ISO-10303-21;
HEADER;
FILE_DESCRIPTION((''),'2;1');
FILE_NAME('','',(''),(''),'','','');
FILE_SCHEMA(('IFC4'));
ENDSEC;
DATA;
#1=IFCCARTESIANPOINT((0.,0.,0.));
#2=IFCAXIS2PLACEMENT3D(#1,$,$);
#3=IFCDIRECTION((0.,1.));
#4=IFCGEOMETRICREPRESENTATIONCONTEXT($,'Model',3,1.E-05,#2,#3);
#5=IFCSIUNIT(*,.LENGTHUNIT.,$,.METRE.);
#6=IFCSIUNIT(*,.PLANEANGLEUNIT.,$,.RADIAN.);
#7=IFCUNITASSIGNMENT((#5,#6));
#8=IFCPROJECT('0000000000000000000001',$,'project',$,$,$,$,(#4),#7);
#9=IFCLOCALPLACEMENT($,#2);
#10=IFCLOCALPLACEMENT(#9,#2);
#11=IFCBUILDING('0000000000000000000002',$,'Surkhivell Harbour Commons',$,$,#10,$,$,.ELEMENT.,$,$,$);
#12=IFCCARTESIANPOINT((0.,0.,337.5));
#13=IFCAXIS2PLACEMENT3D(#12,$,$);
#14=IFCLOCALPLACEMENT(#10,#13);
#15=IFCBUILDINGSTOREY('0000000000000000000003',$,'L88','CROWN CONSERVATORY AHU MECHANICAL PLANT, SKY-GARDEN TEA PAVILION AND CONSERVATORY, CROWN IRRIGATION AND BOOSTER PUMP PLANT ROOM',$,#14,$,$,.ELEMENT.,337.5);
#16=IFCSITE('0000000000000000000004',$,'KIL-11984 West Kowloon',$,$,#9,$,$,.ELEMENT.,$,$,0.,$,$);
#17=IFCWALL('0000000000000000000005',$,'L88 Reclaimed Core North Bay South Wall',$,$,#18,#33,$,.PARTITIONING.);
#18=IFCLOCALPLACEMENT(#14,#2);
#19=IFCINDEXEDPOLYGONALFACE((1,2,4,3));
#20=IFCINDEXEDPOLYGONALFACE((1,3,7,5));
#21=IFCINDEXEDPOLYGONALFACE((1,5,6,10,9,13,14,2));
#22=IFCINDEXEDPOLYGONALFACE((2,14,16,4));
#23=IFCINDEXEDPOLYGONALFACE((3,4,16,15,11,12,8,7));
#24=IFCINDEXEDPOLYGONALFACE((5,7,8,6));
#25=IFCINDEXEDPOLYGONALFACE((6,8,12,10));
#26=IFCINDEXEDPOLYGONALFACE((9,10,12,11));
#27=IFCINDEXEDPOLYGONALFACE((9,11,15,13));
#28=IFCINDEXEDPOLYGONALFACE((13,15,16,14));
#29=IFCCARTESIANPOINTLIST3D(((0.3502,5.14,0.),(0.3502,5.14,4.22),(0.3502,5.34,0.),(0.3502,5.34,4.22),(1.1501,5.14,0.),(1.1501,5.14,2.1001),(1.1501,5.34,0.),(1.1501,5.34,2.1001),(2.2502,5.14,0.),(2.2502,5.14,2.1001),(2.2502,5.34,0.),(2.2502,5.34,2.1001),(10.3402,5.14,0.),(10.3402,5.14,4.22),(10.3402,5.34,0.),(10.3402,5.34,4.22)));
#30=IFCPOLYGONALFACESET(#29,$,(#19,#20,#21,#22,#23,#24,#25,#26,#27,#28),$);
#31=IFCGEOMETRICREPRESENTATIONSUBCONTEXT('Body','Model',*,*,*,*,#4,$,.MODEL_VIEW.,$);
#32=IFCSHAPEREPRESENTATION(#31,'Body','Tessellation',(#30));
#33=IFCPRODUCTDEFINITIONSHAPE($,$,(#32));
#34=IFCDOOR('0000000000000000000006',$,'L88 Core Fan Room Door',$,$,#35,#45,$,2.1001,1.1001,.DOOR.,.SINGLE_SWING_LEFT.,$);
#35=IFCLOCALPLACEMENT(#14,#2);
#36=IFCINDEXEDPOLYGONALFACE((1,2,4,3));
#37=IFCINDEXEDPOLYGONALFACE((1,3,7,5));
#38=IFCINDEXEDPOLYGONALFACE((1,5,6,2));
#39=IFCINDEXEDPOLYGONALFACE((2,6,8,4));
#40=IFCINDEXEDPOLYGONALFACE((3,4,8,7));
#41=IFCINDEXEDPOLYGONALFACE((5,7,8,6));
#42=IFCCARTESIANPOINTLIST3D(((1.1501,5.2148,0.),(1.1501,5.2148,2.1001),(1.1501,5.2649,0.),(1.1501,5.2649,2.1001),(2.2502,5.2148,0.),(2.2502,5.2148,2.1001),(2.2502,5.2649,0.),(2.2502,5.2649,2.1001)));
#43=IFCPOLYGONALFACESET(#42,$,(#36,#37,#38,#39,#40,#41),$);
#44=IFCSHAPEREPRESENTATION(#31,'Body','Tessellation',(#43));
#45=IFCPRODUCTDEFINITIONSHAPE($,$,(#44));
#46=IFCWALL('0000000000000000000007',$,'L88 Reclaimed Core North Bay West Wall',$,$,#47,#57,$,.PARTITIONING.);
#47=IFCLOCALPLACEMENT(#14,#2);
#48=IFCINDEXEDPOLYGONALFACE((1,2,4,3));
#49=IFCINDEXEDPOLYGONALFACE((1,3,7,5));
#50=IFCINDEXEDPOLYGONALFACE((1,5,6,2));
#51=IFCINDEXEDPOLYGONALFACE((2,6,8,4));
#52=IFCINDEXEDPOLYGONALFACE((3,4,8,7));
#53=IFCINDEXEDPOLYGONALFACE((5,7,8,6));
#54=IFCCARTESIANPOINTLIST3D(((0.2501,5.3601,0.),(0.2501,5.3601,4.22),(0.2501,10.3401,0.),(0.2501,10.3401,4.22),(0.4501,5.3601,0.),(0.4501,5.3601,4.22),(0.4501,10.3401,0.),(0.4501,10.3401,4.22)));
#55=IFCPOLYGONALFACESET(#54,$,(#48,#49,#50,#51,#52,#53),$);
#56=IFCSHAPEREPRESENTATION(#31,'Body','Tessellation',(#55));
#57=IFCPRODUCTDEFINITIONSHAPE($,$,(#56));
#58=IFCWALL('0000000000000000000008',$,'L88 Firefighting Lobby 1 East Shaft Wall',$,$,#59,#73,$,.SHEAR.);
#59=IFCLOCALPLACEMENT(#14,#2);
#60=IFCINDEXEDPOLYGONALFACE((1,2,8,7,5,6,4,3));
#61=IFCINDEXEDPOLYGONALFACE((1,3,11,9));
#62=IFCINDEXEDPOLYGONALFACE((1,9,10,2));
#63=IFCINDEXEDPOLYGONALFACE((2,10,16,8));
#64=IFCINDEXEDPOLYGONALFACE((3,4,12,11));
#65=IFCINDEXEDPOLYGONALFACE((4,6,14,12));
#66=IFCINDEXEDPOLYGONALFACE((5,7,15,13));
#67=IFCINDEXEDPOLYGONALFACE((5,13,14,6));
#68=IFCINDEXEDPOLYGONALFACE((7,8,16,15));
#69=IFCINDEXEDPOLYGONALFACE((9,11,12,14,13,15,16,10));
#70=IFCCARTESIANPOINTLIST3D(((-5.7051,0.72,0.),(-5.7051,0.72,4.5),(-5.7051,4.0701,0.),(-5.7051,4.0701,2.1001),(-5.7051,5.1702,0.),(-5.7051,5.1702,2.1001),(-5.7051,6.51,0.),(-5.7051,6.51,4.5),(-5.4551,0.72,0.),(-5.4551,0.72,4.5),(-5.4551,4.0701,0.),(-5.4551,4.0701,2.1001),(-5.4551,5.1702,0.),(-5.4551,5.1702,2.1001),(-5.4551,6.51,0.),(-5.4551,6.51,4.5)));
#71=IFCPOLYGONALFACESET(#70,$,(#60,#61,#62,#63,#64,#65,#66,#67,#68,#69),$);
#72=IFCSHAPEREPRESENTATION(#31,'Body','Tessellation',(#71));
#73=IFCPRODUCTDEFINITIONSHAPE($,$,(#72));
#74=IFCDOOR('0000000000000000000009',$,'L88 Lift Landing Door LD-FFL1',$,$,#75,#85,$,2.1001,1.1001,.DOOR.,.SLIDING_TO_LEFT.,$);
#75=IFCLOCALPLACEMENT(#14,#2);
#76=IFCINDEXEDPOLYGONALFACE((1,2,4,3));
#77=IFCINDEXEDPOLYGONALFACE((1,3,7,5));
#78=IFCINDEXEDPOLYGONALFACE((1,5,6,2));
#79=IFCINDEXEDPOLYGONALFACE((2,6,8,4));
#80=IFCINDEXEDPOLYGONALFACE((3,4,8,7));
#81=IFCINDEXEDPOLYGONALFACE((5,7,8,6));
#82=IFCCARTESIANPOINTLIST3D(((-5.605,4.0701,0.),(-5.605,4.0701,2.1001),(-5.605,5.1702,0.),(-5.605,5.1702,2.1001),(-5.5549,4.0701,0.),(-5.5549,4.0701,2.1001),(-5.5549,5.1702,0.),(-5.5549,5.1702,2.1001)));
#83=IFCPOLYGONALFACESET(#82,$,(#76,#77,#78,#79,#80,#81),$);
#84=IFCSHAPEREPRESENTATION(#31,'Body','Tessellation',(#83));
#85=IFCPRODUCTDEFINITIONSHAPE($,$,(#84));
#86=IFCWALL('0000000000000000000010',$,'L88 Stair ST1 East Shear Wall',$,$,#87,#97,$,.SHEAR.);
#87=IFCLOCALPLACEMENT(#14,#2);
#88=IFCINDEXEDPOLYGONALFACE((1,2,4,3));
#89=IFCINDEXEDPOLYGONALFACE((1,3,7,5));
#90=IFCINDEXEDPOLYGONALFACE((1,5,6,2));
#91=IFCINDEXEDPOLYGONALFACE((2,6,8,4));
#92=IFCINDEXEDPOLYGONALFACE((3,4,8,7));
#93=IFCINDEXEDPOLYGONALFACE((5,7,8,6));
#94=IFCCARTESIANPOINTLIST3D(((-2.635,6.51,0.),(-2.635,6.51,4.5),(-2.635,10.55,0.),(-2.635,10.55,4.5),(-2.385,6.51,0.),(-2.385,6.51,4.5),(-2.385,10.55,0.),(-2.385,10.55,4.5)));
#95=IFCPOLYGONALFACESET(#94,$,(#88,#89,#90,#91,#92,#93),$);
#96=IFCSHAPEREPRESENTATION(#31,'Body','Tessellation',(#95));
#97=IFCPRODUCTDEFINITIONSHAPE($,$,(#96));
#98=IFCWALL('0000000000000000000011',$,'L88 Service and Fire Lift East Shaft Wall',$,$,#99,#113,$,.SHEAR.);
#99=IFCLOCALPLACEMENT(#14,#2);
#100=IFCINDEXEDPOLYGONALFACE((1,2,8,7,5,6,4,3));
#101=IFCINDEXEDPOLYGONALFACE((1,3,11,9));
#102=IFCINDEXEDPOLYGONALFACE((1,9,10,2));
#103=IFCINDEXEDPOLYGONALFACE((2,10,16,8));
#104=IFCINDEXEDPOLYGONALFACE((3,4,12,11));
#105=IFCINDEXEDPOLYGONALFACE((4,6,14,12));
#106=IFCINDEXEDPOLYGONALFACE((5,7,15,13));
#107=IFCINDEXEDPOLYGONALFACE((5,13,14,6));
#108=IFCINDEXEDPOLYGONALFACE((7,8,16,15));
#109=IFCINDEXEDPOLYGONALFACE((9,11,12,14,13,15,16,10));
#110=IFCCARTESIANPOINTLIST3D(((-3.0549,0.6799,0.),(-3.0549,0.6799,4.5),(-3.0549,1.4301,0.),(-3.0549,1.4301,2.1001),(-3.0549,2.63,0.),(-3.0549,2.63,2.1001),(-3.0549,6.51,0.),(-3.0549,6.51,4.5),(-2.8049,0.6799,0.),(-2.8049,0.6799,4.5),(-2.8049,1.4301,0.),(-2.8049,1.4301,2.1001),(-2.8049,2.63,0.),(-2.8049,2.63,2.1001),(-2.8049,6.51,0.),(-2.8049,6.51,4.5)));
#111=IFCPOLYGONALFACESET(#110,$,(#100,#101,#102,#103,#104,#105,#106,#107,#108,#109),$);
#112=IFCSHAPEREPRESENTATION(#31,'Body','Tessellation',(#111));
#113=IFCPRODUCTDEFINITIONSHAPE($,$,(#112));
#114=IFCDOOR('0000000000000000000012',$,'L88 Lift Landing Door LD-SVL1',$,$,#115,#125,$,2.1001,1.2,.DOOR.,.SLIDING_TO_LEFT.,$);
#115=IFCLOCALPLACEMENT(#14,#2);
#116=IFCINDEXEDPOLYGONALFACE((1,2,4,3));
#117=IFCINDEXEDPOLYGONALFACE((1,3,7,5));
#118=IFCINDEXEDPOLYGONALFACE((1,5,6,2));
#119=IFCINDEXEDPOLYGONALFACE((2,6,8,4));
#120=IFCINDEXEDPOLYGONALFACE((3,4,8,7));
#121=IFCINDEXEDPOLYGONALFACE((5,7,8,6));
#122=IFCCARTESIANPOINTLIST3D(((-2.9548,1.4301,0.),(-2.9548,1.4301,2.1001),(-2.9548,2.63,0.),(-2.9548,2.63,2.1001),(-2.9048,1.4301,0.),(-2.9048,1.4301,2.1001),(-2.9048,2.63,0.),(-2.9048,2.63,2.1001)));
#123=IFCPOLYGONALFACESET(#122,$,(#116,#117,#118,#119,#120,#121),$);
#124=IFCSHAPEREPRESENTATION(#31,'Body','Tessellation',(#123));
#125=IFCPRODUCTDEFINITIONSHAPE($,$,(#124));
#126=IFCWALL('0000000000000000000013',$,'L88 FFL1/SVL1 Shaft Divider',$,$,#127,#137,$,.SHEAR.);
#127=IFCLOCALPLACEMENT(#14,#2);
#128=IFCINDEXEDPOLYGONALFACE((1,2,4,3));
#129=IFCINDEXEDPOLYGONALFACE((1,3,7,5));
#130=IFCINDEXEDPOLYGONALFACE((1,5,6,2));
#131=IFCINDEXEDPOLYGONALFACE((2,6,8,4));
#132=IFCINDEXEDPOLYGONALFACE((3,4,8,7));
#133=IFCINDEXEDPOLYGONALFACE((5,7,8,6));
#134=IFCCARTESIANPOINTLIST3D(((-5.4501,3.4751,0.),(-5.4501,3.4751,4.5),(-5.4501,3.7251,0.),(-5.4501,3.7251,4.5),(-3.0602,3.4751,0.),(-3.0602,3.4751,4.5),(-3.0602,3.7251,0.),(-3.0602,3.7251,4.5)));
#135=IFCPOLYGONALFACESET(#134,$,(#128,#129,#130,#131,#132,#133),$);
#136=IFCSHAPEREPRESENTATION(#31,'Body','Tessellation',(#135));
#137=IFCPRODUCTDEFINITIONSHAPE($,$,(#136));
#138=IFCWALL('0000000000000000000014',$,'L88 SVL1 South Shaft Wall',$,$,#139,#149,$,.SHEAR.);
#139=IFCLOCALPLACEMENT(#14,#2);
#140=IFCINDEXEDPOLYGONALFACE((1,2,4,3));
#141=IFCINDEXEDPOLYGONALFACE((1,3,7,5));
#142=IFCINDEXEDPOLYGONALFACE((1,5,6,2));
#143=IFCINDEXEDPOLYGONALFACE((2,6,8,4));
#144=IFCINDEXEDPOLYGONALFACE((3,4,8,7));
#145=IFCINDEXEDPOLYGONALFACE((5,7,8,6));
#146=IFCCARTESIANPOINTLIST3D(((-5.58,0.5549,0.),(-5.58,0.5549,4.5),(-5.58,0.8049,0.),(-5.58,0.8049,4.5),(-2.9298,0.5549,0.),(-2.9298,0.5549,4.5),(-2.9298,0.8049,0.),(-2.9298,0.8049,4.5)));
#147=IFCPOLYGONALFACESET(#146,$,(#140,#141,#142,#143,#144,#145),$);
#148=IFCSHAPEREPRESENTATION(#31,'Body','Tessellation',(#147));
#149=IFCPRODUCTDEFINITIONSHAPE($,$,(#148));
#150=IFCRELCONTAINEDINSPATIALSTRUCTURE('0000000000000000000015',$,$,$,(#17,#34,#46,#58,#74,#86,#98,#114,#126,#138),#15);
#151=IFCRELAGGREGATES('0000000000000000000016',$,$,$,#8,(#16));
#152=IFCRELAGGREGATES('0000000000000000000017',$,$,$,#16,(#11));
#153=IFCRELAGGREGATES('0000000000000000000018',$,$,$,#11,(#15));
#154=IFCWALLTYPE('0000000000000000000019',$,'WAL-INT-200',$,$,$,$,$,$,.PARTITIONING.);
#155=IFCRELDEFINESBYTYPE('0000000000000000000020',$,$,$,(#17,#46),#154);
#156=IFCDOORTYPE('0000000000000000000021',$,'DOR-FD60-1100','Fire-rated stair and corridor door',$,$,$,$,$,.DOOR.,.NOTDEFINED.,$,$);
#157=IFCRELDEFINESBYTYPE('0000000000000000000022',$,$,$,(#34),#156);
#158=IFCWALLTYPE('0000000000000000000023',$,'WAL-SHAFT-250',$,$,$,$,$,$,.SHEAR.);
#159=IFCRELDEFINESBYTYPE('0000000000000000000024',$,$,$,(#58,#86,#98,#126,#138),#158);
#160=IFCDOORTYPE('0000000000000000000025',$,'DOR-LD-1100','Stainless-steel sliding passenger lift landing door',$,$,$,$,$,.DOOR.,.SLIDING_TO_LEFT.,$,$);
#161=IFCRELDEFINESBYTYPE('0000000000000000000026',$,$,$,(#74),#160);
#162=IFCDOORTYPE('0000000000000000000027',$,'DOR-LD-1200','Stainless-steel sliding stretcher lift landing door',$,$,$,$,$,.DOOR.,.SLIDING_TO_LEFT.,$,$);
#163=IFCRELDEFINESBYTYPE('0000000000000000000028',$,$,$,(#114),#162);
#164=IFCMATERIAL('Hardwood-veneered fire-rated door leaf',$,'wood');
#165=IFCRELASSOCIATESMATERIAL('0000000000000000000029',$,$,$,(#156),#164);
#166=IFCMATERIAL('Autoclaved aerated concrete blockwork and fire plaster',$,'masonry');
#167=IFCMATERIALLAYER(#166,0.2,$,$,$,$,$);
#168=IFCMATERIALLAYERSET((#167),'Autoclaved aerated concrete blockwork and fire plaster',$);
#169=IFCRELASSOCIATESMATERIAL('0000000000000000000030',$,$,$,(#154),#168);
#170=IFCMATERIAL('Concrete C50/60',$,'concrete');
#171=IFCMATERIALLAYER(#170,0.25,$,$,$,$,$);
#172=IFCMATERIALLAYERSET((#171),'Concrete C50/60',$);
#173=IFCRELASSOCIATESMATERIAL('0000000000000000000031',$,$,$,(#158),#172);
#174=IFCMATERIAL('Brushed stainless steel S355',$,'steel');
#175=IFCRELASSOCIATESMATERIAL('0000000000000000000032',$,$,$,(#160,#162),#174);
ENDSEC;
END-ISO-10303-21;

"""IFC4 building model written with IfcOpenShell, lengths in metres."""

from ifc_helpers import new_model, si_unit, direction, frame, frame_2d, origin, place, context, subcontext, project, spatial, rectangle, extrude, material, layer, layer_set, type_object, element, fill, save


model = new_model("IFC4")

# Units and contexts
model_context = context("Model", 3, precision=1e-05, world=origin(), true_north=direction((0.0, 1.0)))
body_context = subcontext(model_context, "Body", "Model", "MODEL_VIEW")
ifc_project = project(units=[si_unit("LENGTHUNIT", "METRE"), si_unit("PLANEANGLEUNIT", "RADIAN")], contexts=[model_context])

# Site, building, storey
site_placement = place(None, origin())
site = spatial("IfcSite", under=ifc_project, at=site_placement, Name="KIL-11984 West Kowloon", CompositionType="ELEMENT", RefElevation=0.0)
building_placement = place(site_placement, origin())
building = spatial("IfcBuilding", under=site, at=building_placement, Name="Surkhivell Harbour Commons", CompositionType="ELEMENT")
storey_placement = place(building_placement, frame((0.0, 0.0, 337.5)))
storey = spatial("IfcBuildingStorey", under=building, at=storey_placement, Name="L88", Description="CROWN CONSERVATORY AHU MECHANICAL PLANT, SKY-GARDEN TEA PAVILION AND CONSERVATORY, CROWN IRRIGATION AND BOOSTER PUMP PLANT ROOM", CompositionType="ELEMENT", Elevation=337.5)

# Shared definitions
ifc_material_1 = material(Name="Concrete C50/60", Category="concrete")
ifc_material_2 = material(Name="Hardwood-veneered fire-rated door leaf", Category="wood")
door_type_1 = type_object("IfcDoorType", Name="DOR-FD60-1100", Description="Fire-rated stair and corridor door", OperationType="NOTDEFINED", PredefinedType="DOOR", material=ifc_material_2)

# Wall, opening, door
ifc_material_3 = material(Name="Autoclaved aerated concrete blockwork and fire plaster", Category="masonry")
ifc_layer_1 = layer(ifc_material_3, 0.2)
ifc_layer_set_1 = layer_set([ifc_layer_1], Name="Autoclaved aerated concrete blockwork and fire plaster")
wall_type_1 = type_object("IfcWallType", Name="WAL-INT-200", PredefinedType="PARTITIONING", material=ifc_layer_set_1)
wall_1_placement = place(storey_placement, frame((0.3501, 5.24, 0.0), z_axis=(0.0, 0.0, 1.0), x_axis=(1.0, 0.0, 0.0)))
wall_1 = element("IfcWall", 1, at=wall_1_placement, inside=storey, type_object=wall_type_1, Name="L88 Reclaimed Core North Bay South Wall", PredefinedType="PARTITIONING", context=body_context, shape_type="SweptSolid", body=[
    extrude(rectangle(XDim=9.99, YDim=0.2, at=frame_2d((4.9951, 0.0))), origin(), (0.0, 0.0, 1.0), 4.22),
])
opening_1_placement = place(wall_1_placement, frame((0.8, 0.0, 0.0)))
opening_1 = element("IfcOpeningElement", 2, at=opening_1_placement, cuts=wall_1, PredefinedType="OPENING", context=body_context, shape_type="SweptSolid", body=[
    extrude(rectangle(XDim=1.1001, YDim=2.1001, at=frame_2d((0.55, 1.05))), frame((0.0, 0.1099, 0.0), z_axis=(0.0, -1.0, 0.0), x_axis=(1.0, 0.0, 0.0)), (0.0, 0.0, 1.0), 0.22),
])
door_1_placement = place(opening_1_placement, origin())
door_1 = element("IfcDoor", 3, at=door_1_placement, inside=storey, type_object=door_type_1, Name="L88 Core Fan Room Door", OperationType="SINGLE_SWING_LEFT", OverallHeight=2.1001, OverallWidth=1.1001, PredefinedType="DOOR", context=body_context, shape_type="SweptSolid", body=[
    extrude(rectangle(XDim=1.1001, YDim=2.1001, at=frame_2d((0.55, 1.05))), frame((0.0, 0.0249, 0.0), z_axis=(0.0, -1.0, 0.0), x_axis=(1.0, 0.0, 0.0)), (0.0, 0.0, 1.0), 0.05),
])
fill(opening_1, door_1)

# Wall
wall_2_placement = place(storey_placement, frame((0.3501, 5.3601, 0.0), z_axis=(0.0, 0.0, 1.0), x_axis=(0.0, 1.0, 0.0)))
element("IfcWall", 4, at=wall_2_placement, inside=storey, type_object=wall_type_1, Name="L88 Reclaimed Core North Bay West Wall", PredefinedType="PARTITIONING", context=body_context, shape_type="SweptSolid", body=[
    extrude(rectangle(XDim=4.98, YDim=0.2, at=frame_2d((2.49, 0.0))), origin(), (0.0, 0.0, 1.0), 4.22),
])

# Wall, opening, door
ifc_layer_2 = layer(ifc_material_1, 0.25)
ifc_layer_set_2 = layer_set([ifc_layer_2], Name="Concrete C50/60")
wall_type_2 = type_object("IfcWallType", Name="WAL-SHAFT-250", PredefinedType="SHEAR", material=ifc_layer_set_2)
wall_3_placement = place(storey_placement, frame((-5.5801, 0.72, 0.0), z_axis=(0.0, 0.0, 1.0), x_axis=(0.0, 1.0, 0.0)))
wall_3 = element("IfcWall", 5, at=wall_3_placement, inside=storey, type_object=wall_type_2, Name="L88 Firefighting Lobby 1 East Shaft Wall", PredefinedType="SHEAR", context=body_context, shape_type="SweptSolid", body=[
    extrude(rectangle(XDim=5.79, YDim=0.25, at=frame_2d((2.895, 0.0))), origin(), (0.0, 0.0, 1.0), 4.5),
])
opening_2_placement = place(wall_3_placement, frame((3.3501, 0.0, 0.0)))
opening_2 = element("IfcOpeningElement", 6, at=opening_2_placement, cuts=wall_3, PredefinedType="OPENING", context=body_context, shape_type="SweptSolid", body=[
    extrude(rectangle(XDim=1.1001, YDim=2.1001, at=frame_2d((0.55, 1.05))), frame((0.0, 0.135, 0.0), z_axis=(0.0, -1.0, 0.0), x_axis=(1.0, 0.0, 0.0)), (0.0, 0.0, 1.0), 0.27),
])
ifc_material_4 = material(Name="Brushed stainless steel S355", Category="steel")
door_type_2 = type_object("IfcDoorType", Name="DOR-LD-1100", Description="Stainless-steel sliding passenger lift landing door", OperationType="SLIDING_TO_LEFT", PredefinedType="DOOR", material=ifc_material_4)
door_2_placement = place(opening_2_placement, origin())
door_2 = element("IfcDoor", 7, at=door_2_placement, inside=storey, type_object=door_type_2, Name="L88 Lift Landing Door LD-FFL1", OperationType="SLIDING_TO_LEFT", OverallHeight=2.1001, OverallWidth=1.1001, PredefinedType="DOOR", context=body_context, shape_type="SweptSolid", body=[
    extrude(rectangle(XDim=1.1001, YDim=2.1001, at=frame_2d((0.55, 1.05))), frame((0.0, 0.0249, 0.0), z_axis=(0.0, -1.0, 0.0), x_axis=(1.0, 0.0, 0.0)), (0.0, 0.0, 1.0), 0.05),
])
fill(opening_2, door_2)

# Wall
wall_4_placement = place(storey_placement, frame((-2.51, 6.51, 0.0), z_axis=(0.0, 0.0, 1.0), x_axis=(0.0, 1.0, 0.0)))
element("IfcWall", 8, at=wall_4_placement, inside=storey, type_object=wall_type_2, Name="L88 Stair ST1 East Shear Wall", PredefinedType="SHEAR", context=body_context, shape_type="SweptSolid", body=[
    extrude(rectangle(XDim=4.04, YDim=0.25, at=frame_2d((2.02, 0.0))), origin(), (0.0, 0.0, 1.0), 4.5),
])

# Wall, opening, door
wall_5_placement = place(storey_placement, frame((-2.9299, 0.6799, 0.0), z_axis=(0.0, 0.0, 1.0), x_axis=(0.0, 1.0, 0.0)))
wall_5 = element("IfcWall", 9, at=wall_5_placement, inside=storey, type_object=wall_type_2, Name="L88 Service and Fire Lift East Shaft Wall", PredefinedType="SHEAR", context=body_context, shape_type="SweptSolid", body=[
    extrude(rectangle(XDim=5.8301, YDim=0.25, at=frame_2d((2.915, 0.0))), origin(), (0.0, 0.0, 1.0), 4.5),
])
opening_3_placement = place(wall_5_placement, frame((0.75, 0.0, 0.0)))
opening_3 = element("IfcOpeningElement", 10, at=opening_3_placement, cuts=wall_5, PredefinedType="OPENING", context=body_context, shape_type="SweptSolid", body=[
    extrude(rectangle(XDim=1.2, YDim=2.1001, at=frame_2d((0.6001, 1.05))), frame((0.0, 0.135, 0.0), z_axis=(0.0, -1.0, 0.0), x_axis=(1.0, 0.0, 0.0)), (0.0, 0.0, 1.0), 0.27),
])
door_type_3 = type_object("IfcDoorType", Name="DOR-LD-1200", Description="Stainless-steel sliding stretcher lift landing door", OperationType="SLIDING_TO_LEFT", PredefinedType="DOOR", material=ifc_material_4)
door_3_placement = place(opening_3_placement, origin())
door_3 = element("IfcDoor", 11, at=door_3_placement, inside=storey, type_object=door_type_3, Name="L88 Lift Landing Door LD-SVL1", OperationType="SLIDING_TO_LEFT", OverallHeight=2.1001, OverallWidth=1.2, PredefinedType="DOOR", context=body_context, shape_type="SweptSolid", body=[
    extrude(rectangle(XDim=1.2, YDim=2.1001, at=frame_2d((0.6001, 1.05))), frame((0.0, 0.0249, 0.0), z_axis=(0.0, -1.0, 0.0), x_axis=(1.0, 0.0, 0.0)), (0.0, 0.0, 1.0), 0.05),
])
fill(opening_3, door_3)

# Walls
wall_6_placement = place(storey_placement, frame((-5.45, 3.6001, 0.0), z_axis=(0.0, 0.0, 1.0), x_axis=(1.0, 0.0, 0.0)))
element("IfcWall", 12, at=wall_6_placement, inside=storey, type_object=wall_type_2, Name="L88 FFL1/SVL1 Shaft Divider", PredefinedType="SHEAR", context=body_context, shape_type="SweptSolid", body=[
    extrude(rectangle(XDim=2.3899, YDim=0.25, at=frame_2d((1.1948, 0.0))), origin(), (0.0, 0.0, 1.0), 4.5),
])
wall_7_placement = place(storey_placement, frame((-5.5801, 0.6799, 0.0), z_axis=(0.0, 0.0, 1.0), x_axis=(1.0, 0.0, 0.0)))
element("IfcWall", 13, at=wall_7_placement, inside=storey, type_object=wall_type_2, Name="L88 SVL1 South Shaft Wall", PredefinedType="SHEAR", context=body_context, shape_type="SweptSolid", body=[
    extrude(rectangle(XDim=2.6501, YDim=0.25, at=frame_2d((1.3252, 0.0))), origin(), (0.0, 0.0, 1.0), 4.5),
])

save(model, "model.ifc")
